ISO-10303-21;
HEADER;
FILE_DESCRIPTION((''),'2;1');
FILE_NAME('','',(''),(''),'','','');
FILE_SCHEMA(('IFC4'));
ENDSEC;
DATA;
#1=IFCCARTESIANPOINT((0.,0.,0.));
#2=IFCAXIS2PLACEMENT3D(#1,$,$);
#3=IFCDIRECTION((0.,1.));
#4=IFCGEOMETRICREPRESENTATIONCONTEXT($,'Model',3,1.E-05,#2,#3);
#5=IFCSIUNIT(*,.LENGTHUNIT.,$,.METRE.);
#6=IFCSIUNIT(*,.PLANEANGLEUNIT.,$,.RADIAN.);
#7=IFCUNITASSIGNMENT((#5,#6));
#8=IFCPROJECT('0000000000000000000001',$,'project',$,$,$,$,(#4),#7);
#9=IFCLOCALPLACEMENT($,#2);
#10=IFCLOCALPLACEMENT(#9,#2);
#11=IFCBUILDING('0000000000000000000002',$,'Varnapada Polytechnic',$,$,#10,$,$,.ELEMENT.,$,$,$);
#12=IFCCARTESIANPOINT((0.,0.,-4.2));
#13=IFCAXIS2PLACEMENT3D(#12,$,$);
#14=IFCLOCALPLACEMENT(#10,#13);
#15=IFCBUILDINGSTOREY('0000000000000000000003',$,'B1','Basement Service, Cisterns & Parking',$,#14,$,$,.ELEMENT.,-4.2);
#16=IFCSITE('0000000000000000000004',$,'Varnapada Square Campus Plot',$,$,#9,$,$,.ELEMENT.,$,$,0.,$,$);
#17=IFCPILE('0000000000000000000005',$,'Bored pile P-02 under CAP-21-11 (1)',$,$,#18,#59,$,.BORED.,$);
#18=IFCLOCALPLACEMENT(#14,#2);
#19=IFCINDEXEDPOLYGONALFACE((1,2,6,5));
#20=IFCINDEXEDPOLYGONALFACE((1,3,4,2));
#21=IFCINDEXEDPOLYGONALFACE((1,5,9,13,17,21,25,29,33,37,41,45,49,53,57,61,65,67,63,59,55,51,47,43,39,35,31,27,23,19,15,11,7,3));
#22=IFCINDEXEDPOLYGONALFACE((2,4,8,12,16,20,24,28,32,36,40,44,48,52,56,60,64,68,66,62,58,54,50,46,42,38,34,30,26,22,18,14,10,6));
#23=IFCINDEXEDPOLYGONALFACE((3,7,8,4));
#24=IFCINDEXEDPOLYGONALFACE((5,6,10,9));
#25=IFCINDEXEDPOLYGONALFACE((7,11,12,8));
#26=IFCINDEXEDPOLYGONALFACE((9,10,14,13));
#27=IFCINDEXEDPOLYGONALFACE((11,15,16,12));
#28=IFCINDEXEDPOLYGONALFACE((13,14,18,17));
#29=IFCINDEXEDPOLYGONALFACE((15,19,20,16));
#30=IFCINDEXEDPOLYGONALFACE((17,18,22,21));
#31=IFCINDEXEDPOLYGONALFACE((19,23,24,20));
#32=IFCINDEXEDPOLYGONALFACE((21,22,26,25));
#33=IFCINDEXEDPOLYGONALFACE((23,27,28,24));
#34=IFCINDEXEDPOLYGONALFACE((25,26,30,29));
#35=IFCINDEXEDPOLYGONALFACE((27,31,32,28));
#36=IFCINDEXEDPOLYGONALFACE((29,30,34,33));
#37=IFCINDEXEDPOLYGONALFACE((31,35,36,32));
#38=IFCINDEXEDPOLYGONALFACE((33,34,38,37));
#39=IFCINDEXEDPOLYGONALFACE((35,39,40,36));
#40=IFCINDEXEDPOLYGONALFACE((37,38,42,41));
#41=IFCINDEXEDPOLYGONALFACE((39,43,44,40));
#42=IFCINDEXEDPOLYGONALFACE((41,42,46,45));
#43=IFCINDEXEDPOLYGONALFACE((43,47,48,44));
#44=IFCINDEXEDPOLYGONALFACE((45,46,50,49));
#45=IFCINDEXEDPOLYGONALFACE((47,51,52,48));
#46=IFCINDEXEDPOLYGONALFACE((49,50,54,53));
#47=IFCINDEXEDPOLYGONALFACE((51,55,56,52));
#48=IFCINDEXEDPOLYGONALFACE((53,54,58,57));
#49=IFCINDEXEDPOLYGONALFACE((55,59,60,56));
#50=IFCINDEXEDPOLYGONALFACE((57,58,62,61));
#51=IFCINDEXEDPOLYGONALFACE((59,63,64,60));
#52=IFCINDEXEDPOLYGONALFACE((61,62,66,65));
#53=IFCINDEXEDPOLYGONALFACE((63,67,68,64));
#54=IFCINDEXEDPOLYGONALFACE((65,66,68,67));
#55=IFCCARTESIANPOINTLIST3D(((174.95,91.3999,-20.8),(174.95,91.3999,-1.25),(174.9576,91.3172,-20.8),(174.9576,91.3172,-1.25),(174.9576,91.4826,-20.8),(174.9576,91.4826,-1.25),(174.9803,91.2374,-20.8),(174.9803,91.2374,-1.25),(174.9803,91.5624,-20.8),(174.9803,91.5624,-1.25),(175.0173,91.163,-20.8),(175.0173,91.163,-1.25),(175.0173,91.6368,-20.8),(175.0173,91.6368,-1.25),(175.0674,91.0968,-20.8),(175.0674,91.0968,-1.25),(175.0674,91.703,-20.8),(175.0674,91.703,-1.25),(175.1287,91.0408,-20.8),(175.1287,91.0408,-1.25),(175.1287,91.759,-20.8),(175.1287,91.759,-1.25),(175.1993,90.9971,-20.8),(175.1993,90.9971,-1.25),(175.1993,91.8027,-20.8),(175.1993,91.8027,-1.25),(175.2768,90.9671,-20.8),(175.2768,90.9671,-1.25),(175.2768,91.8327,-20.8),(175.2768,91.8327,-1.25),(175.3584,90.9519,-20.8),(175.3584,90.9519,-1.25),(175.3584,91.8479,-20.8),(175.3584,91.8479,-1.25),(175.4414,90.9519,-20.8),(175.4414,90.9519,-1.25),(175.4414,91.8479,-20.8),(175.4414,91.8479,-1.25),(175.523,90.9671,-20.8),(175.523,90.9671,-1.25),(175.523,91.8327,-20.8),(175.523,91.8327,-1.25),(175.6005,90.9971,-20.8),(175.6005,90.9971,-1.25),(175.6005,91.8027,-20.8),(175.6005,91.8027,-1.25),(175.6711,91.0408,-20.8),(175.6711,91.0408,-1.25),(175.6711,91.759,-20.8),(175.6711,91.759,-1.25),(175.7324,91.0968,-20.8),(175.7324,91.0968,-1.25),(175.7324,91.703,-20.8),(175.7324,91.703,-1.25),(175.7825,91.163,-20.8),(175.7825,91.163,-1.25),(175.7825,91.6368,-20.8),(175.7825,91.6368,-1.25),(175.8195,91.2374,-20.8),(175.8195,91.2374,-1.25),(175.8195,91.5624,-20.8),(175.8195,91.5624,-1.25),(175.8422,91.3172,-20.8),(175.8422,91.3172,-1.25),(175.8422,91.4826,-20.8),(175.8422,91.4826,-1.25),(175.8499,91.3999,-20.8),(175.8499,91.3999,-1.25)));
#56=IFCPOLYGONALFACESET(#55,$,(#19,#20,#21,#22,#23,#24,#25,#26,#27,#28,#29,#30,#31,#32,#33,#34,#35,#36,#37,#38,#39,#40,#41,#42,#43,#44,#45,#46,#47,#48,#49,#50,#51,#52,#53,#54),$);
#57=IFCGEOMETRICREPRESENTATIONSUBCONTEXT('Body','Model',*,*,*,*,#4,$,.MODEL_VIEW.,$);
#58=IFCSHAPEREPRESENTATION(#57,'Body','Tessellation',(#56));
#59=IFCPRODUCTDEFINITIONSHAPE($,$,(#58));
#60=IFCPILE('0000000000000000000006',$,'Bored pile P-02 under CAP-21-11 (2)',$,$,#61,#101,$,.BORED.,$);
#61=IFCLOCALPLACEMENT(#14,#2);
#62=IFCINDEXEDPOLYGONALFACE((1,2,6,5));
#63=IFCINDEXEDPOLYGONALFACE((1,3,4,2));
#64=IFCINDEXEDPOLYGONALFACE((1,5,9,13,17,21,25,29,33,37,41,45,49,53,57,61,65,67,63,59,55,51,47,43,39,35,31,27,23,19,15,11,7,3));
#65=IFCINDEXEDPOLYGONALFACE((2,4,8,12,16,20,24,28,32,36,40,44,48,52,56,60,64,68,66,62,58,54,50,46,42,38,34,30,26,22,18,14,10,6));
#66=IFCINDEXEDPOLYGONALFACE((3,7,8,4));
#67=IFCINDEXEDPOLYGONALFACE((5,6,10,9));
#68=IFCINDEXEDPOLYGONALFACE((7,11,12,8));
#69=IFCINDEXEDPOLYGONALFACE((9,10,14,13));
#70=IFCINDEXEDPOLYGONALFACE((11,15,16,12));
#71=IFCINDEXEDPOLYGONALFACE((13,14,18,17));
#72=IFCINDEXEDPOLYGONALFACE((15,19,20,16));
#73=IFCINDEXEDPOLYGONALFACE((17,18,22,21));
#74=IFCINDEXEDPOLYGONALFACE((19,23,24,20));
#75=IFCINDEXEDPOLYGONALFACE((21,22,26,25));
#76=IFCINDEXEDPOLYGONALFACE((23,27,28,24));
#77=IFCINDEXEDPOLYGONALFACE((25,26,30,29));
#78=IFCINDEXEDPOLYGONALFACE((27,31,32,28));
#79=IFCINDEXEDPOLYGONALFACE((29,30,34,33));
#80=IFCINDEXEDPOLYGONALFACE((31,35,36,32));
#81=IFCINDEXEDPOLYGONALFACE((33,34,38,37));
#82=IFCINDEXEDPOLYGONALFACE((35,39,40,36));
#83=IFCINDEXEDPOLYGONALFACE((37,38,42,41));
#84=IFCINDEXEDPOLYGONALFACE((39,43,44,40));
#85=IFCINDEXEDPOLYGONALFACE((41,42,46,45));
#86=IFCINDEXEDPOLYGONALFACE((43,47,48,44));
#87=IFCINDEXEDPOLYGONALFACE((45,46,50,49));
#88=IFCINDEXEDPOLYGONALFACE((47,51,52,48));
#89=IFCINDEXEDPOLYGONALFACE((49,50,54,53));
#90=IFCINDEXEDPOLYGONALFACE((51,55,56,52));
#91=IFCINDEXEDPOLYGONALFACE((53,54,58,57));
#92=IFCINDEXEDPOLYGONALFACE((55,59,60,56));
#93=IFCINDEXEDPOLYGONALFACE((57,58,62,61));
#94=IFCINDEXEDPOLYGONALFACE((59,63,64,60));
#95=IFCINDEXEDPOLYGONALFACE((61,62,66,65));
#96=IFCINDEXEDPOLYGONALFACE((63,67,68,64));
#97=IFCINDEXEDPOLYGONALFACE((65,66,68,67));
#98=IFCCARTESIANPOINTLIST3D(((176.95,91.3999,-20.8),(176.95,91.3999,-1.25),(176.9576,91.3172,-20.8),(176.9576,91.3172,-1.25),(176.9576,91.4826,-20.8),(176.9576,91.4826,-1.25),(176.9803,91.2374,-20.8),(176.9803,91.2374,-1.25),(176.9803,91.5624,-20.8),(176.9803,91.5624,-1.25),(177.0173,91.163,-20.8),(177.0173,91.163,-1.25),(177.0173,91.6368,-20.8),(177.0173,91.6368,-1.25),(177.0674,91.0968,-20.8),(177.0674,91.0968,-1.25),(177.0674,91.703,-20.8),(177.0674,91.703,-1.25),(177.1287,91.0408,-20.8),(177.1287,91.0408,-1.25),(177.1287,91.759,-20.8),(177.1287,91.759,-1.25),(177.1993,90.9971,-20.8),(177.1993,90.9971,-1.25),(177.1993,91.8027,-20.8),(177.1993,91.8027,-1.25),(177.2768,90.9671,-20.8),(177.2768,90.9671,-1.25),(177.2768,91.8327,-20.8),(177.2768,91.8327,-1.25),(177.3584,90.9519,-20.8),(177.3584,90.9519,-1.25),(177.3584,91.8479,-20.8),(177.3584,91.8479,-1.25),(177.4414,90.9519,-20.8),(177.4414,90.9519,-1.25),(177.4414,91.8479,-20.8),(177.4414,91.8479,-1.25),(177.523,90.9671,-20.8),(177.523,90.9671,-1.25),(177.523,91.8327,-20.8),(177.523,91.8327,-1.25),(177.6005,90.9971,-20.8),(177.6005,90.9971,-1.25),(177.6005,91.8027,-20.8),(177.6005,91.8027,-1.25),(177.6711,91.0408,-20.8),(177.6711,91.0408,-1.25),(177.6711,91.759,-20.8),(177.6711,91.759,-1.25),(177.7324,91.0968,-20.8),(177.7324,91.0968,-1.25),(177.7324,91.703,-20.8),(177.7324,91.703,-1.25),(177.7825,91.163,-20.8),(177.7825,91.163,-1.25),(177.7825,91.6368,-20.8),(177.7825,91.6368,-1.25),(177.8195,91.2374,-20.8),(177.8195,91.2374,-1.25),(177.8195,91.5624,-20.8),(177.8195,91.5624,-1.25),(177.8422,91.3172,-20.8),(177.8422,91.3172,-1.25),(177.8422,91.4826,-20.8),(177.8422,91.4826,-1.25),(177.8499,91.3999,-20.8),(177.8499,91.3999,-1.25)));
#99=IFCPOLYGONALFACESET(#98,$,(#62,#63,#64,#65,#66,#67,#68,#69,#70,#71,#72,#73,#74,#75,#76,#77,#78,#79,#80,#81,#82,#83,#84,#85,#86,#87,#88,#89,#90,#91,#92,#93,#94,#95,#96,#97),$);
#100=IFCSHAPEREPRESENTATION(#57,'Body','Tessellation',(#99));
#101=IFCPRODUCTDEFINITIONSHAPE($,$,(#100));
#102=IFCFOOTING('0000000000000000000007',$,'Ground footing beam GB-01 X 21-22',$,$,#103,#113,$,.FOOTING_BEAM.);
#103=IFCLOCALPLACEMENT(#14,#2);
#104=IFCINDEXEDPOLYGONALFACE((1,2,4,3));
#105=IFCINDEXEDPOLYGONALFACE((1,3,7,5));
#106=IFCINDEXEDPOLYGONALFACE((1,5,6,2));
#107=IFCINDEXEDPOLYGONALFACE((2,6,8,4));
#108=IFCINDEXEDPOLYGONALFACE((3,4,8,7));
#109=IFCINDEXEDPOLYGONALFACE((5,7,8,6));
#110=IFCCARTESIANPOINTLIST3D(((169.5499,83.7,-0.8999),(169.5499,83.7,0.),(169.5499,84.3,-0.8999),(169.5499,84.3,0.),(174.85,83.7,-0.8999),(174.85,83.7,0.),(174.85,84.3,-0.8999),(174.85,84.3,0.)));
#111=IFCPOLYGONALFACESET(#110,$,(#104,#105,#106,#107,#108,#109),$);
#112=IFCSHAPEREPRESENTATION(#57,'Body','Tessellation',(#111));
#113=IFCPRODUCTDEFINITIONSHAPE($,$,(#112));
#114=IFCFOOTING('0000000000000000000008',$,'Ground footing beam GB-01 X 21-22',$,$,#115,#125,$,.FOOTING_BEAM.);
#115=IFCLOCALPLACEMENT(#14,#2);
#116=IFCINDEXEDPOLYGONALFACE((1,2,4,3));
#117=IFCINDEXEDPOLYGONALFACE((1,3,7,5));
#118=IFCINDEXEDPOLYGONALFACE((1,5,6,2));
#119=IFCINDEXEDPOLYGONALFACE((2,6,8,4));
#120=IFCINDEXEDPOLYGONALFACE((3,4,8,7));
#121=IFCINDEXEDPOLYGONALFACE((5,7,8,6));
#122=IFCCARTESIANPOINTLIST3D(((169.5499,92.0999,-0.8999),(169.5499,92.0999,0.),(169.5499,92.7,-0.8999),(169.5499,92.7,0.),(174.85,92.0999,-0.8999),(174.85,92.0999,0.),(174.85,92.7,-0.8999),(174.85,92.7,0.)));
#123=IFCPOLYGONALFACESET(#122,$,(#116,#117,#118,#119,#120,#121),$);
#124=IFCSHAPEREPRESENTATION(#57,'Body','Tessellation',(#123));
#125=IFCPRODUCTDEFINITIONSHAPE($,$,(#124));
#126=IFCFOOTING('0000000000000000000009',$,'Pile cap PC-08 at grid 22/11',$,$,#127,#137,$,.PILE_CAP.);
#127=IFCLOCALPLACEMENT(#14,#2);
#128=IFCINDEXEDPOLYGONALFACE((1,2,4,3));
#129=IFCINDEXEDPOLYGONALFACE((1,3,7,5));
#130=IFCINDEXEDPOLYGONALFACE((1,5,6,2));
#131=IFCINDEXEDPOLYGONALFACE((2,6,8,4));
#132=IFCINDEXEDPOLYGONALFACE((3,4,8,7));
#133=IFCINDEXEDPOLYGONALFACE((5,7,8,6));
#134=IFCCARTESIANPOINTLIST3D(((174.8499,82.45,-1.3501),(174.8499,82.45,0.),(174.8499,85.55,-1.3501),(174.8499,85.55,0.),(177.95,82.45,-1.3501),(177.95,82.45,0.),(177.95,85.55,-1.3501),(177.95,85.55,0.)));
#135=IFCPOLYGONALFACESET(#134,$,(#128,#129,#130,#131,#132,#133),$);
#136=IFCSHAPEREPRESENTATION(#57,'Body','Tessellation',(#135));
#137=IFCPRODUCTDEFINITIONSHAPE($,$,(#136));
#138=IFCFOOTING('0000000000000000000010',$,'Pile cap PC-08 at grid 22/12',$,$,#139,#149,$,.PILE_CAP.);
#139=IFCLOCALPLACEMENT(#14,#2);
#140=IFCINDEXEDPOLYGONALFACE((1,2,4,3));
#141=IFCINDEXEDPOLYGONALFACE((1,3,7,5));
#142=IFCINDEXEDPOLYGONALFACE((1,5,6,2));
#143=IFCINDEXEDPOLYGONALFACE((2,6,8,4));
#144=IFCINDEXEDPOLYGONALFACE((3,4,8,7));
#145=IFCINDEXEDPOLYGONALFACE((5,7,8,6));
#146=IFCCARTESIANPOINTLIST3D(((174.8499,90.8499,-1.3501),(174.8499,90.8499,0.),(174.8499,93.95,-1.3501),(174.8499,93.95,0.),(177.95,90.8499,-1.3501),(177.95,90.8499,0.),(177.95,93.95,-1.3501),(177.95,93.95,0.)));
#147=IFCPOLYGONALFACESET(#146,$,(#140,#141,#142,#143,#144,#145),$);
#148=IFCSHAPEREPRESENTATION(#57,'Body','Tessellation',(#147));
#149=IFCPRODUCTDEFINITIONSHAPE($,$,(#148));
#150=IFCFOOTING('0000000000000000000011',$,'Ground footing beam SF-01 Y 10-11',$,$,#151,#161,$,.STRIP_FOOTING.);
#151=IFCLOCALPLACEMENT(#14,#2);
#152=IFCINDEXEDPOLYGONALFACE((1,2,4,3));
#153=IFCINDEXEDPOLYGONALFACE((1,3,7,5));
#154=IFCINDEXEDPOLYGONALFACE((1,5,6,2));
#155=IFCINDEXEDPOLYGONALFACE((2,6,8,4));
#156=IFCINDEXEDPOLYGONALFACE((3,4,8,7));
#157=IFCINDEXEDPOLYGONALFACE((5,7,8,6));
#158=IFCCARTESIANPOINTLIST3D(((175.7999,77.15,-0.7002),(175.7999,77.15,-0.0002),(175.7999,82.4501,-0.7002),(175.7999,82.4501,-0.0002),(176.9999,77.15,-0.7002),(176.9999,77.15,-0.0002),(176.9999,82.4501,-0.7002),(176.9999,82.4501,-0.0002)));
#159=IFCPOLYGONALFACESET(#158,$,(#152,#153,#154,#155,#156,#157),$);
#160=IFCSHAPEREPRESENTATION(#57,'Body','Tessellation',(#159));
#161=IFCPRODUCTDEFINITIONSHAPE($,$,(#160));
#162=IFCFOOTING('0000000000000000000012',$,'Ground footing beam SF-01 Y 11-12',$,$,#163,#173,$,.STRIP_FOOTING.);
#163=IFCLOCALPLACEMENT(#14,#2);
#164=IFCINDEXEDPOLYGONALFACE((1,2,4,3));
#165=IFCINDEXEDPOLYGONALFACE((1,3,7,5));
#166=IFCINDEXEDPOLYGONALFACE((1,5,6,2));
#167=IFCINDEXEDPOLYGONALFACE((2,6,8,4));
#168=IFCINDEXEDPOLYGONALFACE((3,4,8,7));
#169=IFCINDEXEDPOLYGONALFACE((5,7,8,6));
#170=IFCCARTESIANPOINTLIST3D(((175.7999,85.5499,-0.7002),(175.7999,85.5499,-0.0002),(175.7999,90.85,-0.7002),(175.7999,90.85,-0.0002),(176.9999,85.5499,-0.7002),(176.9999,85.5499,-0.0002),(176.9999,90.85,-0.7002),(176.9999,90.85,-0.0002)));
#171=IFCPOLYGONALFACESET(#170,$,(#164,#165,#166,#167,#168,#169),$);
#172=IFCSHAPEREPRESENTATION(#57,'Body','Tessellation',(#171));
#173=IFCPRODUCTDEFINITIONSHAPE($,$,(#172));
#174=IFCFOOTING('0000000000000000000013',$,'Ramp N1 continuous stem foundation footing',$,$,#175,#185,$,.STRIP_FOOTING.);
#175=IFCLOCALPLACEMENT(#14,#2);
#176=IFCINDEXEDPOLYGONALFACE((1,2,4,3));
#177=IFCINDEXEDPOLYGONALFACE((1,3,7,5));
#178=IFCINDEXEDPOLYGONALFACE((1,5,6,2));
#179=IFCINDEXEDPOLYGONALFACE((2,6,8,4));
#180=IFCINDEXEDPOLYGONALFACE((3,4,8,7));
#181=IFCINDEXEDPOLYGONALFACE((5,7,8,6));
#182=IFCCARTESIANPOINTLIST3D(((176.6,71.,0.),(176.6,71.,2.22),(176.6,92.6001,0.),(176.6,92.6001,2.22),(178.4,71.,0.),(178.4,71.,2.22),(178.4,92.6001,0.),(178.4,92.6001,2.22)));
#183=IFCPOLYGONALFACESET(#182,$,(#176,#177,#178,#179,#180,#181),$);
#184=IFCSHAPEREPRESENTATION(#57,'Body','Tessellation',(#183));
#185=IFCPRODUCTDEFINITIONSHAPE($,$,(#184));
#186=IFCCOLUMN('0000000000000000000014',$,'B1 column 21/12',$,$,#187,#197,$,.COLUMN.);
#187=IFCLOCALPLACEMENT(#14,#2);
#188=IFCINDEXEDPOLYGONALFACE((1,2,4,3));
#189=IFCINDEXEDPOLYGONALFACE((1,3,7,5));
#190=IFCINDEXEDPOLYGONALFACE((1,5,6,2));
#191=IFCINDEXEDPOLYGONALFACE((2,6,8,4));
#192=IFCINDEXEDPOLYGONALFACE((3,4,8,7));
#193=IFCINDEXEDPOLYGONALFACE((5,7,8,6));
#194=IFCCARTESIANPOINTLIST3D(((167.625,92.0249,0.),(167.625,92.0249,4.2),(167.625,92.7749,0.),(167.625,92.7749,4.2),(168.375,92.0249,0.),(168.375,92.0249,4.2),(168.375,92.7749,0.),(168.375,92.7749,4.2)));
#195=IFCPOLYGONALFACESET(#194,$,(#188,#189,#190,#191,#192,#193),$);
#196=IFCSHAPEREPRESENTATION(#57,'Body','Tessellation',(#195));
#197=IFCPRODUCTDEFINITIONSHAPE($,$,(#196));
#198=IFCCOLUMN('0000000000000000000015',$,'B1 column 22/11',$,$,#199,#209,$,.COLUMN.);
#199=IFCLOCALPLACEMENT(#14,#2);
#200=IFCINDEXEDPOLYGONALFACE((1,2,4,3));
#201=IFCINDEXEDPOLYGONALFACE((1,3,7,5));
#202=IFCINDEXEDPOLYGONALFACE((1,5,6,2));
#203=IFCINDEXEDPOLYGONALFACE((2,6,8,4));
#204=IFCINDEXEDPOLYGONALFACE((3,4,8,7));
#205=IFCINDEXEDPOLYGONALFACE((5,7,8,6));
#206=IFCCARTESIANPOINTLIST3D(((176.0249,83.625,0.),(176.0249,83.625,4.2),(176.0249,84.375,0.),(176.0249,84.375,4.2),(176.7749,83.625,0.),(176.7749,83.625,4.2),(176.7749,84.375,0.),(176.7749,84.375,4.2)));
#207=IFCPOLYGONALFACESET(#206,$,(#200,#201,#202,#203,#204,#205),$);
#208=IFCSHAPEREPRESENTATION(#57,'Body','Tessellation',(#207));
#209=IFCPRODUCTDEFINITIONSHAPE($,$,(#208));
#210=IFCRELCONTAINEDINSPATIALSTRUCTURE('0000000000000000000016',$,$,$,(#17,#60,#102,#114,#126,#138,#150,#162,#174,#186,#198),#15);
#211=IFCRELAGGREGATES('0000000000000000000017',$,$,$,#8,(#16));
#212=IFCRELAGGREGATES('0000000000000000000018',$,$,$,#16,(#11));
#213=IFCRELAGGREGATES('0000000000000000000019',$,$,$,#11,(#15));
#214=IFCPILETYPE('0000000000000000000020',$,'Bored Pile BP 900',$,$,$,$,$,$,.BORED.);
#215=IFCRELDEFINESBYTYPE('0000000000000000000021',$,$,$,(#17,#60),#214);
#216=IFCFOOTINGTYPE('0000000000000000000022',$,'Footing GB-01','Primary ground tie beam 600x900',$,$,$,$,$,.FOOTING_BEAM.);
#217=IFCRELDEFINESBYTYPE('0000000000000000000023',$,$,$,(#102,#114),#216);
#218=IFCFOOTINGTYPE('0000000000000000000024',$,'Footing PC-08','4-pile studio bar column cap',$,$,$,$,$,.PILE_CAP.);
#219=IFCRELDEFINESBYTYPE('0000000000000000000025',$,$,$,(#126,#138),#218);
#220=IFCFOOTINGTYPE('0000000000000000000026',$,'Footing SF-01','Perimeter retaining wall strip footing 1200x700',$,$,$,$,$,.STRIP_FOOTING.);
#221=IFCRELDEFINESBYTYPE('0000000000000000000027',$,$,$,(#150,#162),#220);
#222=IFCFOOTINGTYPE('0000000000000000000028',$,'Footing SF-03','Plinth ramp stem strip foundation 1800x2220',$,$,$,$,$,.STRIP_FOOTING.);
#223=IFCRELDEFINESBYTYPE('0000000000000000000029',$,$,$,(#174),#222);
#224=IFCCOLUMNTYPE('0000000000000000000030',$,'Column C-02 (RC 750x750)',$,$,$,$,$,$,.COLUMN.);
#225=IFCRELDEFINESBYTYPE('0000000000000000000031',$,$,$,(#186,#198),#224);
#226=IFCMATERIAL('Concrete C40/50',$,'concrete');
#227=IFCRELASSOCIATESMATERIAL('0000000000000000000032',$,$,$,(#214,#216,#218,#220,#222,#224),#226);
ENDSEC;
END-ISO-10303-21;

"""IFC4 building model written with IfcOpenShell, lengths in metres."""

from ifc_helpers import new_model, si_unit, direction, frame, origin, origin_2d, place, context, subcontext, project, spatial, rectangle, circle, extrude, material, material_profile, profile_set, type_object, element, save


model = new_model("IFC4")

# Units and contexts
model_context = context("Model", 3, precision=1e-05, world=origin(), true_north=direction((0.0, 1.0)))
body_context = subcontext(model_context, "Body", "Model", "MODEL_VIEW")
ifc_project = project(units=[si_unit("LENGTHUNIT", "METRE"), si_unit("PLANEANGLEUNIT", "RADIAN")], contexts=[model_context])

# Site, building, storey
site_placement = place(None, origin())
site = spatial("IfcSite", under=ifc_project, at=site_placement, Name="Varnapada Square Campus Plot", CompositionType="ELEMENT", RefElevation=0.0)
building_placement = place(site_placement, origin())
building = spatial("IfcBuilding", under=site, at=building_placement, Name="Varnapada Polytechnic", CompositionType="ELEMENT")
storey_placement = place(building_placement, frame((0.0, 0.0, -4.2)))
storey = spatial("IfcBuildingStorey", under=building, at=storey_placement, Name="B1", Description="Basement Service, Cisterns & Parking", CompositionType="ELEMENT", Elevation=-4.2)

# Piles
ifc_material_1 = material(Name="Concrete C40/50", Category="concrete")
ifc_material_profile_1 = material_profile(ifc_material_1, circle(Radius=0.45, at=origin_2d()), Name="BP 900")
ifc_profile_set_1 = profile_set([ifc_material_profile_1], Name="Concrete C40/50")
pile_type = type_object("IfcPileType", Name="Bored Pile BP 900", PredefinedType="BORED", material=ifc_profile_set_1)
for number, where, z_axis, x_axis, name in (
    (1, (175.3999, 91.3999, -1.25), (0.0, 0.0, -1.0), (1.0, 0.0, 0.0), "Bored pile P-02 under CAP-21-11 (1)"),
    (2, (177.3999, 91.3999, -1.25), (0.0, 0.0, -1.0), (1.0, 0.0, 0.0), "Bored pile P-02 under CAP-21-11 (2)"),
):
    element("IfcPile", number, at=place(storey_placement, frame(where, z_axis=z_axis, x_axis=x_axis)), inside=storey, type_object=pile_type, Name=name, PredefinedType="BORED", context=body_context, shape_type="SweptSolid", body=[
        extrude(circle(Radius=0.45, at=origin_2d()), origin(), (0.0, 0.0, 1.0), 19.55),
    ])

# Footings
footing_type_1 = type_object("IfcFootingType", Name="Footing GB-01", Description="Primary ground tie beam 600x900", PredefinedType="FOOTING_BEAM", material=ifc_material_1)
for number, where, z_axis, x_axis, name in (
    (3, (172.2, 84.0, -0.8999), (0.0, 0.0, 1.0), (1.0, 0.0, 0.0), "Ground footing beam GB-01 X 21-22"),
    (4, (172.2, 92.3999, -0.8999), (0.0, 0.0, 1.0), (1.0, 0.0, 0.0), "Ground footing beam GB-01 X 21-22"),
):
    element("IfcFooting", number, at=place(storey_placement, frame(where, z_axis=z_axis, x_axis=x_axis)), inside=storey, type_object=footing_type_1, Name=name, PredefinedType="FOOTING_BEAM", context=body_context, shape_type="SweptSolid", body=[
        extrude(rectangle(XDim=5.3, YDim=0.6001, at=origin_2d()), origin(), (0.0, 0.0, 1.0), 0.8999),
    ])
footing_type_2 = type_object("IfcFootingType", Name="Footing PC-08", Description="4-pile studio bar column cap", PredefinedType="PILE_CAP", material=ifc_material_1)
for number, where, z_axis, x_axis, name in (
    (5, (176.3999, 84.0, -1.3501), (0.0, 0.0, 1.0), (1.0, 0.0, 0.0), "Pile cap PC-08 at grid 22/11"),
    (6, (176.3999, 92.3999, -1.3501), (0.0, 0.0, 1.0), (1.0, 0.0, 0.0), "Pile cap PC-08 at grid 22/12"),
):
    element("IfcFooting", number, at=place(storey_placement, frame(where, z_axis=z_axis, x_axis=x_axis)), inside=storey, type_object=footing_type_2, Name=name, PredefinedType="PILE_CAP", context=body_context, shape_type="SweptSolid", body=[
        extrude(rectangle(XDim=3.1001, YDim=3.1001, at=origin_2d()), origin(), (0.0, 0.0, 1.0), 1.3501),
    ])
footing_type_3 = type_object("IfcFootingType", Name="Footing SF-01", Description="Perimeter retaining wall strip footing 1200x700", PredefinedType="STRIP_FOOTING", material=ifc_material_1)
for number, where, z_axis, x_axis, name in (
    (7, (176.3999, 79.8, -0.7002), (0.0, 0.0, 1.0), (0.0, 1.0, 0.0), "Ground footing beam SF-01 Y 10-11"),
    (8, (176.3999, 88.2, -0.7002), (0.0, 0.0, 1.0), (0.0, 1.0, 0.0), "Ground footing beam SF-01 Y 11-12"),
):
    element("IfcFooting", number, at=place(storey_placement, frame(where, z_axis=z_axis, x_axis=x_axis)), inside=storey, type_object=footing_type_3, Name=name, PredefinedType="STRIP_FOOTING", context=body_context, shape_type="SweptSolid", body=[
        extrude(rectangle(XDim=5.3, YDim=1.2, at=origin_2d()), origin(), (0.0, 0.0, 1.0), 0.7),
    ])
footing_type_4 = type_object("IfcFootingType", Name="Footing SF-03", Description="Plinth ramp stem strip foundation 1800x2220", PredefinedType="STRIP_FOOTING", material=ifc_material_1)
footing_placement = place(storey_placement, frame((177.5, 81.8, 0.0), z_axis=(0.0, 0.0, 1.0), x_axis=(0.0, 1.0, 0.0)))
element("IfcFooting", 9, at=footing_placement, inside=storey, type_object=footing_type_4, Name="Ramp N1 continuous stem foundation footing", PredefinedType="STRIP_FOOTING", context=body_context, shape_type="SweptSolid", body=[
    extrude(rectangle(XDim=21.6001, YDim=1.8, at=origin_2d()), origin(), (0.0, 0.0, 1.0), 2.22),
])

# Columns
ifc_material_profile_2 = material_profile(ifc_material_1, rectangle(XDim=0.75, YDim=0.75, at=origin_2d()), Name="RC 750x750")
ifc_profile_set_2 = profile_set([ifc_material_profile_2], Name="Concrete C40/50")
column_type = type_object("IfcColumnType", Name="Column C-02 (RC 750x750)", PredefinedType="COLUMN", material=ifc_profile_set_2)
for number, where, z_axis, x_axis, name in (
    (10, (168.0, 92.3999, 0.0), (0.0, 0.0, 1.0), (1.0, 0.0, 0.0), "B1 column 21/12"),
    (11, (176.3999, 84.0, 0.0), (0.0, 0.0, 1.0), (1.0, 0.0, 0.0), "B1 column 22/11"),
):
    element("IfcColumn", number, at=place(storey_placement, frame(where, z_axis=z_axis, x_axis=x_axis)), inside=storey, type_object=column_type, Name=name, PredefinedType="COLUMN", context=body_context, shape_type="SweptSolid", body=[
        extrude(rectangle(XDim=0.75, YDim=0.75, at=origin_2d()), origin(), (0.0, 0.0, 1.0), 4.2),
    ])

save(model, "model.ifc")
